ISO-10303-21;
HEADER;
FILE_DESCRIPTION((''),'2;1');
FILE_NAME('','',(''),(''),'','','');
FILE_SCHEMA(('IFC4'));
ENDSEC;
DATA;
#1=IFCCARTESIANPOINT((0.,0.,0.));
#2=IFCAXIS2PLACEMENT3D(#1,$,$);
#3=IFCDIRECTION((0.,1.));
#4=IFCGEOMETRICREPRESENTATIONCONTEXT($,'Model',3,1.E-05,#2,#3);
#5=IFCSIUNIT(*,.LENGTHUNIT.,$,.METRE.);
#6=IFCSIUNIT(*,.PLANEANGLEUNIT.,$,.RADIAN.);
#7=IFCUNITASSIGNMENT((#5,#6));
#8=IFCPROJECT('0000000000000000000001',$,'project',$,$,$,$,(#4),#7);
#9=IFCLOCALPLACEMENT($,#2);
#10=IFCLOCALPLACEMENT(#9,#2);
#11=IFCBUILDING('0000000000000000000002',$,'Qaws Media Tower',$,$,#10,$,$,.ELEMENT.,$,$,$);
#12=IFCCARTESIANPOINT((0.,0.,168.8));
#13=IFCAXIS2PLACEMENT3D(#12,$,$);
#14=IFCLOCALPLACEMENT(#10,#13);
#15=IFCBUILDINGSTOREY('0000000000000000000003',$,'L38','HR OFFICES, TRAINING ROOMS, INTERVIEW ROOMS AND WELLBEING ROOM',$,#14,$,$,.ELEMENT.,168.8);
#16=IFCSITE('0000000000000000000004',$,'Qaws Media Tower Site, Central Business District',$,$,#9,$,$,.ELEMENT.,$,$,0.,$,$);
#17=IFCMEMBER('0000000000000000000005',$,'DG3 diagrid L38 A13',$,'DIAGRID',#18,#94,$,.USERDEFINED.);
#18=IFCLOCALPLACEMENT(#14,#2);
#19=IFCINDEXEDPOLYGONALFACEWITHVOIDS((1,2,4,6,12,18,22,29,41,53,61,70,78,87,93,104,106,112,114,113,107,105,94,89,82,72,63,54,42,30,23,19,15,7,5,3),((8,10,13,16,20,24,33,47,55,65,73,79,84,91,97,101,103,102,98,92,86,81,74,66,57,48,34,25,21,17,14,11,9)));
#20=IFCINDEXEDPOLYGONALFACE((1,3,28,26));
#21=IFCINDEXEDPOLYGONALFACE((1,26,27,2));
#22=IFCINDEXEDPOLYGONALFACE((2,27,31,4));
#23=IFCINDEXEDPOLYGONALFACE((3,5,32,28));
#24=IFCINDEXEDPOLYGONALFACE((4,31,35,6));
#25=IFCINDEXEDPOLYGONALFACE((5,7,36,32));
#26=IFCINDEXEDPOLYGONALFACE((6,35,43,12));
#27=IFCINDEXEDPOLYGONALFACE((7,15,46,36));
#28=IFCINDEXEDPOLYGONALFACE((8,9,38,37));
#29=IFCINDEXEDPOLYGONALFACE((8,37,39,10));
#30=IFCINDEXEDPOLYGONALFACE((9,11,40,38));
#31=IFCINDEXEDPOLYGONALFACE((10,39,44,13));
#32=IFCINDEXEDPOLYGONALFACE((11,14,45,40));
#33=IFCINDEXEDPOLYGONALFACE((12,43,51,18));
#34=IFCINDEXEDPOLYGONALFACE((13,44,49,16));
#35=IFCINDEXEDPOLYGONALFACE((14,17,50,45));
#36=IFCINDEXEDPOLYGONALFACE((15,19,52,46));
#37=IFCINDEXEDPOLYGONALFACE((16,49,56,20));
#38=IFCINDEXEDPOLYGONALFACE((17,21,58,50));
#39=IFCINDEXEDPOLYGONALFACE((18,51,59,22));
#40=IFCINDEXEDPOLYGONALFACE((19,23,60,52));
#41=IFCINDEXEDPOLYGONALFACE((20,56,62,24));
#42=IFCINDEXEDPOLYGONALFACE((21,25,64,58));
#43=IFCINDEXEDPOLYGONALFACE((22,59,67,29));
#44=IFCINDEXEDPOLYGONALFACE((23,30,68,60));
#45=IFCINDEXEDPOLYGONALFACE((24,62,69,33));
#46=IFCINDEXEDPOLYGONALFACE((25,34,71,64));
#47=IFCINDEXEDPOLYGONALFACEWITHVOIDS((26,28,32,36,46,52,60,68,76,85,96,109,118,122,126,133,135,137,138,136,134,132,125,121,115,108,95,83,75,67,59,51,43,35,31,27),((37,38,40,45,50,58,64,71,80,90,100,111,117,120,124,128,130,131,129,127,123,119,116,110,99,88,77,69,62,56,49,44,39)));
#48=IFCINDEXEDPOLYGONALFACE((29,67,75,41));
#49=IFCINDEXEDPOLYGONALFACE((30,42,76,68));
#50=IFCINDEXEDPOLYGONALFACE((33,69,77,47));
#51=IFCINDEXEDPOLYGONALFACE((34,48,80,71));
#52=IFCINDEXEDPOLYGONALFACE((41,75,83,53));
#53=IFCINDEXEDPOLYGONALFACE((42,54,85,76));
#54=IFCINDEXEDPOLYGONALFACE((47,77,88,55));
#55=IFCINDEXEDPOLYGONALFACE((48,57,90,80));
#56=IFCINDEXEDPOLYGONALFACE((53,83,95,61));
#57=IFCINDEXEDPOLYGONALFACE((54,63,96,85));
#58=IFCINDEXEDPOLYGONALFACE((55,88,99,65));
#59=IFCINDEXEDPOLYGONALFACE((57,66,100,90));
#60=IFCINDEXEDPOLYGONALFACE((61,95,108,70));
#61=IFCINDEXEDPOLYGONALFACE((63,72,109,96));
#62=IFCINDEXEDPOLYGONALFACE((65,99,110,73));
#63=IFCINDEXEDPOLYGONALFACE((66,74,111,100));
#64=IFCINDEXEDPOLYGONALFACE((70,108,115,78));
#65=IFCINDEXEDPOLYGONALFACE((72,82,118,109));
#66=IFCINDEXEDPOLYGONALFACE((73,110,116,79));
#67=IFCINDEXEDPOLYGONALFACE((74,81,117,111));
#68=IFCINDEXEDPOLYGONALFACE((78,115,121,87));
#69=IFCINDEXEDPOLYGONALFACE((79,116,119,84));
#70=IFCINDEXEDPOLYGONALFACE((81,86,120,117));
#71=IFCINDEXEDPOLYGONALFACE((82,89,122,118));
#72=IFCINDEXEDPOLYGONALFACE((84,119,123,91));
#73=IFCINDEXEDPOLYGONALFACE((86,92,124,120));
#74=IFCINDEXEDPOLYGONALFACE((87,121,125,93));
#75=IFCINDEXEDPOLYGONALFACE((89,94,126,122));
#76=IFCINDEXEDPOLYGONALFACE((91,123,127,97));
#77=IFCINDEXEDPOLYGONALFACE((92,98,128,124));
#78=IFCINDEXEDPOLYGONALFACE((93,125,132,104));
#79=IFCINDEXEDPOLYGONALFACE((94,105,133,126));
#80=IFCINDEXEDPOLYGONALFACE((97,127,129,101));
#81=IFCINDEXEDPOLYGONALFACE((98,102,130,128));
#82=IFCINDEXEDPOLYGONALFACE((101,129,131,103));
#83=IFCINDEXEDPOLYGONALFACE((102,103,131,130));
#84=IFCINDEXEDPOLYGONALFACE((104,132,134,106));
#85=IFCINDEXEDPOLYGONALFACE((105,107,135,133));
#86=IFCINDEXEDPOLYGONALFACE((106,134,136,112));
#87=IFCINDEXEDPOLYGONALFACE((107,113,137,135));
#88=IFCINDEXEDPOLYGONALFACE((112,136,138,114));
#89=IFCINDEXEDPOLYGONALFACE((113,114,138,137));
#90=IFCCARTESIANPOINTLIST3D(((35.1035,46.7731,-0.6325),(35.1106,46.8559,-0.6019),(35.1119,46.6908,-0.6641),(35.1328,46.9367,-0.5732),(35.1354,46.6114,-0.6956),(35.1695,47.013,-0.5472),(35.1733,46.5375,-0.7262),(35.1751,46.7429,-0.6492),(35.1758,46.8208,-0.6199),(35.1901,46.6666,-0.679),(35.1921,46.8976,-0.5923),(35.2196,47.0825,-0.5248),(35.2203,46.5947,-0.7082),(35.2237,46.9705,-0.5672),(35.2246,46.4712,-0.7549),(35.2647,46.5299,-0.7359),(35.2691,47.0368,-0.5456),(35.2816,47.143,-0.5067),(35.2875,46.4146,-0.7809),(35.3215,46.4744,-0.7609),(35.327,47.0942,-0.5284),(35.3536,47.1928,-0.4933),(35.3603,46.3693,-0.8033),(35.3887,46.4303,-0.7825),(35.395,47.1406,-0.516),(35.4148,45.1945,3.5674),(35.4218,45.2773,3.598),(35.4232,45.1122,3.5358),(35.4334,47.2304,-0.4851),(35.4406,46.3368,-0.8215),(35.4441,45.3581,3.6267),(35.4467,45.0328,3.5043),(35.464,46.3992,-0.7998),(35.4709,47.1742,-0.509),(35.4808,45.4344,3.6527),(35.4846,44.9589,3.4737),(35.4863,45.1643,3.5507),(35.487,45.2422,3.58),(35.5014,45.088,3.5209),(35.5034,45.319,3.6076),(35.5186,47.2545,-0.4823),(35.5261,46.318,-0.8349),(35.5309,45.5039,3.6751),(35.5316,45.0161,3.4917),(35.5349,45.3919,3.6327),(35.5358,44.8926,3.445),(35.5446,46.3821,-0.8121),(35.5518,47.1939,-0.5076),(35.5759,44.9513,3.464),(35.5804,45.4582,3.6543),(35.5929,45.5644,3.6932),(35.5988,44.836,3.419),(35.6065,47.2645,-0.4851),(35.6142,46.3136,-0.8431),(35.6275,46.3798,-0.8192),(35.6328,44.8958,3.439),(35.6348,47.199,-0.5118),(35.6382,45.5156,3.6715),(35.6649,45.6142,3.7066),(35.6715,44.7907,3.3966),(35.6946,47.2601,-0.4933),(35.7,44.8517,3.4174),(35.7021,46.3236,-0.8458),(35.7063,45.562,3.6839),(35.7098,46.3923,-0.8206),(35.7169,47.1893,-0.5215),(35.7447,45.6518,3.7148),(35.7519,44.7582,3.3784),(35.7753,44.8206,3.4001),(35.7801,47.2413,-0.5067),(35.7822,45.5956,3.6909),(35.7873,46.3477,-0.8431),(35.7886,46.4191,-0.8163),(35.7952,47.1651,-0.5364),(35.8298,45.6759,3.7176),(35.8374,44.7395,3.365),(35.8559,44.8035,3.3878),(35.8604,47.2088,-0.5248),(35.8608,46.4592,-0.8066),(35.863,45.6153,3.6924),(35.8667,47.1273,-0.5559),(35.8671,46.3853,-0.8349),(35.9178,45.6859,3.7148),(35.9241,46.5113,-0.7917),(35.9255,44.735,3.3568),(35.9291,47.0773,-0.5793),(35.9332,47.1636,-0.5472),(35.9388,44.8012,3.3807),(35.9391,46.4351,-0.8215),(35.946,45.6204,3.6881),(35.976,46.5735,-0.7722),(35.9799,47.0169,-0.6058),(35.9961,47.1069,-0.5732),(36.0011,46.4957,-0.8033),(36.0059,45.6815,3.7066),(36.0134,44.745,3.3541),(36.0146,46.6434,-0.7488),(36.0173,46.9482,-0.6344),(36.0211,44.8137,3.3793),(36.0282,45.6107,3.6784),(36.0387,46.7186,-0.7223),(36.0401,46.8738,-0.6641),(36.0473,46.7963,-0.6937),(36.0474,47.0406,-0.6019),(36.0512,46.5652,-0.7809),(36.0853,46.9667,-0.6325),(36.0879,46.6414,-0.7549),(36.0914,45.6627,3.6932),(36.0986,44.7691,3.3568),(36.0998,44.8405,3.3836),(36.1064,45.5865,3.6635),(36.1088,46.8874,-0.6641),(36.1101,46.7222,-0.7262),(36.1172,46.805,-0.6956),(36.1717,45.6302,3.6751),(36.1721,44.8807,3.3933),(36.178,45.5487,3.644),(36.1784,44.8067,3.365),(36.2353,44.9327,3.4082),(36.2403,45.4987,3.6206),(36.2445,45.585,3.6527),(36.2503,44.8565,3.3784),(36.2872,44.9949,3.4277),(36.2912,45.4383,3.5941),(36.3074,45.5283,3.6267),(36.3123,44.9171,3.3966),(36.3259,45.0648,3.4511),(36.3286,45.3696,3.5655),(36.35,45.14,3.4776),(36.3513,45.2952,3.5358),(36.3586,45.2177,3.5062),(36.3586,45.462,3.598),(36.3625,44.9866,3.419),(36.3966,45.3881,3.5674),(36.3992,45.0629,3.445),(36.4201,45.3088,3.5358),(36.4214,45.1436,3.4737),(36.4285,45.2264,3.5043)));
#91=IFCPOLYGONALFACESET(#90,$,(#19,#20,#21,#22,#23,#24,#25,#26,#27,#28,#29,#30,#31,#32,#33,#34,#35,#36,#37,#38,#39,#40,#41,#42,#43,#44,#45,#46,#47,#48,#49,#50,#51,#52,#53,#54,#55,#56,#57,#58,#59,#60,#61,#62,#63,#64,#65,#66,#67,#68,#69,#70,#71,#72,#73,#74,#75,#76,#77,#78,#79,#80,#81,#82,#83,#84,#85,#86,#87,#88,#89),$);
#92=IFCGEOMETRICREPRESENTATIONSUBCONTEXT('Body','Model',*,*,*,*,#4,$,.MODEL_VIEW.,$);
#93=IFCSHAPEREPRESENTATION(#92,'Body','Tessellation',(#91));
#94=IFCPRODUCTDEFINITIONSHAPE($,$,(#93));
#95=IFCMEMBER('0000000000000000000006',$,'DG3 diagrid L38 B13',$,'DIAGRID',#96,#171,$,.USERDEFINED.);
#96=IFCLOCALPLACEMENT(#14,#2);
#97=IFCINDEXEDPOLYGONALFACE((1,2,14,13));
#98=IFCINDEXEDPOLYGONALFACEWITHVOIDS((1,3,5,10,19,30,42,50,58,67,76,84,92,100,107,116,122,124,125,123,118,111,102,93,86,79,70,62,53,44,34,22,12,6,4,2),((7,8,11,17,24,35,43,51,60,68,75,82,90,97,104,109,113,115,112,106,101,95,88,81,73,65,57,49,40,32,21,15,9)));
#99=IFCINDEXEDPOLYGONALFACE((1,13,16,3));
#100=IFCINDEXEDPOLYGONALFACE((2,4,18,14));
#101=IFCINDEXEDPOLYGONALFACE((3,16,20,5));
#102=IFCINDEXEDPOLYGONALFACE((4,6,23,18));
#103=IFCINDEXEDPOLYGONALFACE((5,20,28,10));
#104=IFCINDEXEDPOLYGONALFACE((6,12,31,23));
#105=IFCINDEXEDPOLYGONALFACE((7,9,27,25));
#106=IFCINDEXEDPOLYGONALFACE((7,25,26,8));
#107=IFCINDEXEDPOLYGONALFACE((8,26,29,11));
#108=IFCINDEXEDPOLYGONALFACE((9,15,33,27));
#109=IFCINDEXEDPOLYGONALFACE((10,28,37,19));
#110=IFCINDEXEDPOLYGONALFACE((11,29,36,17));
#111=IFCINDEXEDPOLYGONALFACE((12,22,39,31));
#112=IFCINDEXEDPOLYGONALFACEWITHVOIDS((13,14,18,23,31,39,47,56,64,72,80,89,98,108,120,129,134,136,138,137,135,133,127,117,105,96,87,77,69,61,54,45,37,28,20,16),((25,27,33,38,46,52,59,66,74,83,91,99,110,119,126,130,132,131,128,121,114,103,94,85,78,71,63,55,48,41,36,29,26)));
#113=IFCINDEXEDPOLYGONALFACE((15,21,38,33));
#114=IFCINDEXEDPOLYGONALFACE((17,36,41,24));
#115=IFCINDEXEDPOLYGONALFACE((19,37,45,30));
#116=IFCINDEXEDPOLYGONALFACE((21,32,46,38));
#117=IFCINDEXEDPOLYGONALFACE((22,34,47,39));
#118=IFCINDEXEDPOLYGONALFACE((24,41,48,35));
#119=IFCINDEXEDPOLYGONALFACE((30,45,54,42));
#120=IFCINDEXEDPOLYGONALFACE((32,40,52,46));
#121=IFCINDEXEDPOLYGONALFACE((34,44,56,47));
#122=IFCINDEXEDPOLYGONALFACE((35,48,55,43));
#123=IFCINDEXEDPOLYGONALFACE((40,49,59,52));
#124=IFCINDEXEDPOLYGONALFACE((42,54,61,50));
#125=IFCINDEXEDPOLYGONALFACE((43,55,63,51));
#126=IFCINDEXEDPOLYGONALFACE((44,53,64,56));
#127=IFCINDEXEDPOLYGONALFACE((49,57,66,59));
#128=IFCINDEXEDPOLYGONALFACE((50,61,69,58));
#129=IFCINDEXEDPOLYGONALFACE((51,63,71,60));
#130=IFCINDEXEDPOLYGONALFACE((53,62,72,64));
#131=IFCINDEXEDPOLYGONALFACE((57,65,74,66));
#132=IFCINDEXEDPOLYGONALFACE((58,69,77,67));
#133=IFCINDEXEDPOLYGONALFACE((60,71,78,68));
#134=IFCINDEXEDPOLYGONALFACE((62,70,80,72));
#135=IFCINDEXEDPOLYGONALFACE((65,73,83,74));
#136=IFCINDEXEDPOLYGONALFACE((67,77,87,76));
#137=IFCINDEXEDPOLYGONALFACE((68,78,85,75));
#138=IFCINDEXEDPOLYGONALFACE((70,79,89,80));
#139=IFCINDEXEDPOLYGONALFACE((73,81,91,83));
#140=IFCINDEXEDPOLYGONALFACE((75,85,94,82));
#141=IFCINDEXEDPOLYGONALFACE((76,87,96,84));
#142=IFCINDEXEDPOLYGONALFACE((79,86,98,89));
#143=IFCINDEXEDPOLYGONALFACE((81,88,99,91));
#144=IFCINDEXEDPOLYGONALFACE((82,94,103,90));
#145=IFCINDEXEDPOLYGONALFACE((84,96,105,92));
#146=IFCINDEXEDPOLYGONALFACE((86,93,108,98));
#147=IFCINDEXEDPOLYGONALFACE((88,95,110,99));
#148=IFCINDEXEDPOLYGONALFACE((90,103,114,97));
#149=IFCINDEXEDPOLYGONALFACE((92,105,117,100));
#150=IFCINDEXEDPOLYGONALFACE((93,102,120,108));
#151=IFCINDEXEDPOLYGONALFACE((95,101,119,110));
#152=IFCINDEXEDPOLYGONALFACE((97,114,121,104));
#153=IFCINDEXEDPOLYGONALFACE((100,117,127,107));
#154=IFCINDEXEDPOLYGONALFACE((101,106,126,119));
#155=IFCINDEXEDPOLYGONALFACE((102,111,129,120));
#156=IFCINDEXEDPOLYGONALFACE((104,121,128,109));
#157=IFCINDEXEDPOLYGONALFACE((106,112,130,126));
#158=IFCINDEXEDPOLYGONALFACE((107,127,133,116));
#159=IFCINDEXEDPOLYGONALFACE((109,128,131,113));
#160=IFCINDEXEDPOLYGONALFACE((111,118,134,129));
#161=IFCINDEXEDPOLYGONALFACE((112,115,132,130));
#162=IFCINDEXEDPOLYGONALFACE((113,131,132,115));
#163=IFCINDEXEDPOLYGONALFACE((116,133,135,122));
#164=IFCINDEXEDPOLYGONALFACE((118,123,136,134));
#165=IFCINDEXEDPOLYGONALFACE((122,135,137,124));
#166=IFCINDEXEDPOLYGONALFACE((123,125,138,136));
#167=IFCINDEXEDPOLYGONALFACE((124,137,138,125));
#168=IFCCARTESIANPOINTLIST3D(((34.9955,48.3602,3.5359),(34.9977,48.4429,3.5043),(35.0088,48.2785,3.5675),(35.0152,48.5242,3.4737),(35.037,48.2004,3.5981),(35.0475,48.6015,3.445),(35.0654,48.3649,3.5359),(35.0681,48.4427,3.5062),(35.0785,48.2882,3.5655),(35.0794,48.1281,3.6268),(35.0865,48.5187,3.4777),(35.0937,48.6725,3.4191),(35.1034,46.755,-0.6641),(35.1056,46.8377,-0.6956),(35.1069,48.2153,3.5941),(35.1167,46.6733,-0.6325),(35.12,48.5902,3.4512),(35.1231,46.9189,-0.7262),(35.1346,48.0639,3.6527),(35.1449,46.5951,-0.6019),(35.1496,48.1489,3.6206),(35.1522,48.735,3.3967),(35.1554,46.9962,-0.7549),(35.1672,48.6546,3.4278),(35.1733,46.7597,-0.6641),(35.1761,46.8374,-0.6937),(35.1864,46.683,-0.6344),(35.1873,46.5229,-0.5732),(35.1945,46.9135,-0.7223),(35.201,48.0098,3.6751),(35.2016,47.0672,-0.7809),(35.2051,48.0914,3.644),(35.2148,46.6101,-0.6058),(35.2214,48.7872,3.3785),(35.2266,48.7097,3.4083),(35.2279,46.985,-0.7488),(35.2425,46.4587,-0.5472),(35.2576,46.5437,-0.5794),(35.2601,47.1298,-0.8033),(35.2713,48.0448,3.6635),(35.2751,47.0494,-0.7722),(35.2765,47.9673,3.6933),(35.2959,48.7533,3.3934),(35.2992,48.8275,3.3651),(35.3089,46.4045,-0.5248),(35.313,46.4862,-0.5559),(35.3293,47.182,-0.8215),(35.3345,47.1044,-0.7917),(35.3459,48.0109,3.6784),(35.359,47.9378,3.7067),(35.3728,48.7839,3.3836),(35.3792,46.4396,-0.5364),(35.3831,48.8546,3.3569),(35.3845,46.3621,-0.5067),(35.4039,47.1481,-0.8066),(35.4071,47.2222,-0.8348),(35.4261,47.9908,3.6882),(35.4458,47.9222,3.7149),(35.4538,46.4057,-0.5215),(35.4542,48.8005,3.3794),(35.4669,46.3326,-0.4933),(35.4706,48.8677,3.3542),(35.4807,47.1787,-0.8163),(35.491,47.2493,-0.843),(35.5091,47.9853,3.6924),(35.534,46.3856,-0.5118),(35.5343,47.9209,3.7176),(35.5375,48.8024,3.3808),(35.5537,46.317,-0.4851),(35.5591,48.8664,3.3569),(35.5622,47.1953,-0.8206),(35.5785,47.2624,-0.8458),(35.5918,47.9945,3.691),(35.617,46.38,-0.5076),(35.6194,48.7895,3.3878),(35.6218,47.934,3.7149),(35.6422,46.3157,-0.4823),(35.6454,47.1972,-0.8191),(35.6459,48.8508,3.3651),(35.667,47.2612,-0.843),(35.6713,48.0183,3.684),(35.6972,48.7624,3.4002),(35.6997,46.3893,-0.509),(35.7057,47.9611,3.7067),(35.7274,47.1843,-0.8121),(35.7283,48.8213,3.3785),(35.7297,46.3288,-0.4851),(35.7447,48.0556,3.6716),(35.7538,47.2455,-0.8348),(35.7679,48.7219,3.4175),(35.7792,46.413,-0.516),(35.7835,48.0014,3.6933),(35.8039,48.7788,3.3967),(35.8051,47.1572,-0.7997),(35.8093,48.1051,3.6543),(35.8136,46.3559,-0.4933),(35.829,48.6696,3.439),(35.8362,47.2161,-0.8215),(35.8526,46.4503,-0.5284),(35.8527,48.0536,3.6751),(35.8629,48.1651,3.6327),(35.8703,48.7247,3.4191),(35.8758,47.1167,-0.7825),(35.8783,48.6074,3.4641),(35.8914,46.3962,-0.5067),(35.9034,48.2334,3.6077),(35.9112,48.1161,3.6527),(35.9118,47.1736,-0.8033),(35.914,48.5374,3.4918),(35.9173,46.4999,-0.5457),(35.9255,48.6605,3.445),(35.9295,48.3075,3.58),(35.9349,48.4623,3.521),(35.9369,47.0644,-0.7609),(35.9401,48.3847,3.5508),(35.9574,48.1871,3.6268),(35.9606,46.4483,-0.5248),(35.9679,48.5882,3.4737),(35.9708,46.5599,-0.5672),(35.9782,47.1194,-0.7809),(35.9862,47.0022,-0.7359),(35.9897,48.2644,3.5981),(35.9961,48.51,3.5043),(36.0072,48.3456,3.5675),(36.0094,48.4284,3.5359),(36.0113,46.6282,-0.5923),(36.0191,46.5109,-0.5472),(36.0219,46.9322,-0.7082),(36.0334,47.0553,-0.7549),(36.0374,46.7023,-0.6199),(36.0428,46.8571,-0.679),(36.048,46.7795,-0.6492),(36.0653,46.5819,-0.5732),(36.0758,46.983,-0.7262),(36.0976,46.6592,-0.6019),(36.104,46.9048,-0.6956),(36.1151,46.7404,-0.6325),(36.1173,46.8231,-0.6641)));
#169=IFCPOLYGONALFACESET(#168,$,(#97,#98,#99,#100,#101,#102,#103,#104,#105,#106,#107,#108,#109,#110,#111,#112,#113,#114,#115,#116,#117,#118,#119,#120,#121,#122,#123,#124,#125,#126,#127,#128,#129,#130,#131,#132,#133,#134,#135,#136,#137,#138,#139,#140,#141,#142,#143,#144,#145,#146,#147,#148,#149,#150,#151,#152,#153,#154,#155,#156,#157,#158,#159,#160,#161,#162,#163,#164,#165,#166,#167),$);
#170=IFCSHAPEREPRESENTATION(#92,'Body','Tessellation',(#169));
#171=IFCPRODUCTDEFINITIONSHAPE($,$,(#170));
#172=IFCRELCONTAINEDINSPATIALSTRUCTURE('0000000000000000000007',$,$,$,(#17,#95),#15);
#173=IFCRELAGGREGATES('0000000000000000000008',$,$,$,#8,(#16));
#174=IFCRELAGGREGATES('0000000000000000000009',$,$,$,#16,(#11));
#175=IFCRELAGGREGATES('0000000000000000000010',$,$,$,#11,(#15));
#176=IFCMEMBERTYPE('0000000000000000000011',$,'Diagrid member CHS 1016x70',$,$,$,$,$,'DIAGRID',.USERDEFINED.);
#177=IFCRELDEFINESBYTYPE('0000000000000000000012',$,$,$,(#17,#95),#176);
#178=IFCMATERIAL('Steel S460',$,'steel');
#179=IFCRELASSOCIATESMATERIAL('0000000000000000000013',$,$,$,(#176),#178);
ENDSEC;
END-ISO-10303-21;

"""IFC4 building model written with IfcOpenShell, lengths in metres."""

from ifc_helpers import new_model, si_unit, direction, frame, origin, origin_2d, place, context, subcontext, project, spatial, hollow_circle, extrude, material, material_profile, profile_set, type_object, element, save


model = new_model("IFC4")

# Units and contexts
model_context = context("Model", 3, precision=1e-05, world=origin(), true_north=direction((0.0, 1.0)))
body_context = subcontext(model_context, "Body", "Model", "MODEL_VIEW")
ifc_project = project(units=[si_unit("LENGTHUNIT", "METRE"), si_unit("PLANEANGLEUNIT", "RADIAN")], contexts=[model_context])

# Site, building, storey
site_placement = place(None, origin())
site = spatial("IfcSite", under=ifc_project, at=site_placement, Name="Qaws Media Tower Site, Central Business District", CompositionType="ELEMENT", RefElevation=0.0)
building_placement = place(site_placement, origin())
building = spatial("IfcBuilding", under=site, at=building_placement, Name="Qaws Media Tower", CompositionType="ELEMENT")
storey_placement = place(building_placement, frame((0.0, 0.0, 168.8)))
storey = spatial("IfcBuildingStorey", under=building, at=storey_placement, Name="L38", Description="HR OFFICES, TRAINING ROOMS, INTERVIEW ROOMS AND WELLBEING ROOM", CompositionType="ELEMENT", Elevation=168.8)

# Members
ifc_material_1 = material(Name="Steel S460", Category="steel")
ifc_material_profile_1 = material_profile(ifc_material_1, hollow_circle(Radius=0.5081, WallThickness=0.0701, at=origin_2d()), Name="CHS 1016x70")
ifc_profile_set_1 = profile_set([ifc_material_profile_1], Name="Steel S460")
member_type_1 = type_object("IfcMemberType", Name="Diagrid member CHS 1016x70", ElementType="DIAGRID", PredefinedType="USERDEFINED", material=ifc_profile_set_1)
for number, where, z_axis, x_axis, name in (
    (1, (35.6104, 46.7891, -0.6641), (0.06921, -0.350989, 0.933818), (0.981108, 0.19346, 0.0), "DG3 diagrid L38 A13"),
    (2, (35.6104, 46.7891, -0.6641), (-0.023993, 0.356911, 0.93383), (-0.997748, -0.067073, 0.0), "DG3 diagrid L38 B13"),
):
    element("IfcMember", number, at=place(storey_placement, frame(where, z_axis=z_axis, x_axis=x_axis)), inside=storey, type_object=member_type_1, Name=name, ObjectType="DIAGRID", PredefinedType="USERDEFINED", context=body_context, shape_type="SweptSolid", body=[
        extrude(hollow_circle(Radius=0.5081, WallThickness=0.0701, at=origin_2d()), origin(), (0.0, 0.0, 1.0), 4.4976),
    ])

save(model, "model.ifc")
